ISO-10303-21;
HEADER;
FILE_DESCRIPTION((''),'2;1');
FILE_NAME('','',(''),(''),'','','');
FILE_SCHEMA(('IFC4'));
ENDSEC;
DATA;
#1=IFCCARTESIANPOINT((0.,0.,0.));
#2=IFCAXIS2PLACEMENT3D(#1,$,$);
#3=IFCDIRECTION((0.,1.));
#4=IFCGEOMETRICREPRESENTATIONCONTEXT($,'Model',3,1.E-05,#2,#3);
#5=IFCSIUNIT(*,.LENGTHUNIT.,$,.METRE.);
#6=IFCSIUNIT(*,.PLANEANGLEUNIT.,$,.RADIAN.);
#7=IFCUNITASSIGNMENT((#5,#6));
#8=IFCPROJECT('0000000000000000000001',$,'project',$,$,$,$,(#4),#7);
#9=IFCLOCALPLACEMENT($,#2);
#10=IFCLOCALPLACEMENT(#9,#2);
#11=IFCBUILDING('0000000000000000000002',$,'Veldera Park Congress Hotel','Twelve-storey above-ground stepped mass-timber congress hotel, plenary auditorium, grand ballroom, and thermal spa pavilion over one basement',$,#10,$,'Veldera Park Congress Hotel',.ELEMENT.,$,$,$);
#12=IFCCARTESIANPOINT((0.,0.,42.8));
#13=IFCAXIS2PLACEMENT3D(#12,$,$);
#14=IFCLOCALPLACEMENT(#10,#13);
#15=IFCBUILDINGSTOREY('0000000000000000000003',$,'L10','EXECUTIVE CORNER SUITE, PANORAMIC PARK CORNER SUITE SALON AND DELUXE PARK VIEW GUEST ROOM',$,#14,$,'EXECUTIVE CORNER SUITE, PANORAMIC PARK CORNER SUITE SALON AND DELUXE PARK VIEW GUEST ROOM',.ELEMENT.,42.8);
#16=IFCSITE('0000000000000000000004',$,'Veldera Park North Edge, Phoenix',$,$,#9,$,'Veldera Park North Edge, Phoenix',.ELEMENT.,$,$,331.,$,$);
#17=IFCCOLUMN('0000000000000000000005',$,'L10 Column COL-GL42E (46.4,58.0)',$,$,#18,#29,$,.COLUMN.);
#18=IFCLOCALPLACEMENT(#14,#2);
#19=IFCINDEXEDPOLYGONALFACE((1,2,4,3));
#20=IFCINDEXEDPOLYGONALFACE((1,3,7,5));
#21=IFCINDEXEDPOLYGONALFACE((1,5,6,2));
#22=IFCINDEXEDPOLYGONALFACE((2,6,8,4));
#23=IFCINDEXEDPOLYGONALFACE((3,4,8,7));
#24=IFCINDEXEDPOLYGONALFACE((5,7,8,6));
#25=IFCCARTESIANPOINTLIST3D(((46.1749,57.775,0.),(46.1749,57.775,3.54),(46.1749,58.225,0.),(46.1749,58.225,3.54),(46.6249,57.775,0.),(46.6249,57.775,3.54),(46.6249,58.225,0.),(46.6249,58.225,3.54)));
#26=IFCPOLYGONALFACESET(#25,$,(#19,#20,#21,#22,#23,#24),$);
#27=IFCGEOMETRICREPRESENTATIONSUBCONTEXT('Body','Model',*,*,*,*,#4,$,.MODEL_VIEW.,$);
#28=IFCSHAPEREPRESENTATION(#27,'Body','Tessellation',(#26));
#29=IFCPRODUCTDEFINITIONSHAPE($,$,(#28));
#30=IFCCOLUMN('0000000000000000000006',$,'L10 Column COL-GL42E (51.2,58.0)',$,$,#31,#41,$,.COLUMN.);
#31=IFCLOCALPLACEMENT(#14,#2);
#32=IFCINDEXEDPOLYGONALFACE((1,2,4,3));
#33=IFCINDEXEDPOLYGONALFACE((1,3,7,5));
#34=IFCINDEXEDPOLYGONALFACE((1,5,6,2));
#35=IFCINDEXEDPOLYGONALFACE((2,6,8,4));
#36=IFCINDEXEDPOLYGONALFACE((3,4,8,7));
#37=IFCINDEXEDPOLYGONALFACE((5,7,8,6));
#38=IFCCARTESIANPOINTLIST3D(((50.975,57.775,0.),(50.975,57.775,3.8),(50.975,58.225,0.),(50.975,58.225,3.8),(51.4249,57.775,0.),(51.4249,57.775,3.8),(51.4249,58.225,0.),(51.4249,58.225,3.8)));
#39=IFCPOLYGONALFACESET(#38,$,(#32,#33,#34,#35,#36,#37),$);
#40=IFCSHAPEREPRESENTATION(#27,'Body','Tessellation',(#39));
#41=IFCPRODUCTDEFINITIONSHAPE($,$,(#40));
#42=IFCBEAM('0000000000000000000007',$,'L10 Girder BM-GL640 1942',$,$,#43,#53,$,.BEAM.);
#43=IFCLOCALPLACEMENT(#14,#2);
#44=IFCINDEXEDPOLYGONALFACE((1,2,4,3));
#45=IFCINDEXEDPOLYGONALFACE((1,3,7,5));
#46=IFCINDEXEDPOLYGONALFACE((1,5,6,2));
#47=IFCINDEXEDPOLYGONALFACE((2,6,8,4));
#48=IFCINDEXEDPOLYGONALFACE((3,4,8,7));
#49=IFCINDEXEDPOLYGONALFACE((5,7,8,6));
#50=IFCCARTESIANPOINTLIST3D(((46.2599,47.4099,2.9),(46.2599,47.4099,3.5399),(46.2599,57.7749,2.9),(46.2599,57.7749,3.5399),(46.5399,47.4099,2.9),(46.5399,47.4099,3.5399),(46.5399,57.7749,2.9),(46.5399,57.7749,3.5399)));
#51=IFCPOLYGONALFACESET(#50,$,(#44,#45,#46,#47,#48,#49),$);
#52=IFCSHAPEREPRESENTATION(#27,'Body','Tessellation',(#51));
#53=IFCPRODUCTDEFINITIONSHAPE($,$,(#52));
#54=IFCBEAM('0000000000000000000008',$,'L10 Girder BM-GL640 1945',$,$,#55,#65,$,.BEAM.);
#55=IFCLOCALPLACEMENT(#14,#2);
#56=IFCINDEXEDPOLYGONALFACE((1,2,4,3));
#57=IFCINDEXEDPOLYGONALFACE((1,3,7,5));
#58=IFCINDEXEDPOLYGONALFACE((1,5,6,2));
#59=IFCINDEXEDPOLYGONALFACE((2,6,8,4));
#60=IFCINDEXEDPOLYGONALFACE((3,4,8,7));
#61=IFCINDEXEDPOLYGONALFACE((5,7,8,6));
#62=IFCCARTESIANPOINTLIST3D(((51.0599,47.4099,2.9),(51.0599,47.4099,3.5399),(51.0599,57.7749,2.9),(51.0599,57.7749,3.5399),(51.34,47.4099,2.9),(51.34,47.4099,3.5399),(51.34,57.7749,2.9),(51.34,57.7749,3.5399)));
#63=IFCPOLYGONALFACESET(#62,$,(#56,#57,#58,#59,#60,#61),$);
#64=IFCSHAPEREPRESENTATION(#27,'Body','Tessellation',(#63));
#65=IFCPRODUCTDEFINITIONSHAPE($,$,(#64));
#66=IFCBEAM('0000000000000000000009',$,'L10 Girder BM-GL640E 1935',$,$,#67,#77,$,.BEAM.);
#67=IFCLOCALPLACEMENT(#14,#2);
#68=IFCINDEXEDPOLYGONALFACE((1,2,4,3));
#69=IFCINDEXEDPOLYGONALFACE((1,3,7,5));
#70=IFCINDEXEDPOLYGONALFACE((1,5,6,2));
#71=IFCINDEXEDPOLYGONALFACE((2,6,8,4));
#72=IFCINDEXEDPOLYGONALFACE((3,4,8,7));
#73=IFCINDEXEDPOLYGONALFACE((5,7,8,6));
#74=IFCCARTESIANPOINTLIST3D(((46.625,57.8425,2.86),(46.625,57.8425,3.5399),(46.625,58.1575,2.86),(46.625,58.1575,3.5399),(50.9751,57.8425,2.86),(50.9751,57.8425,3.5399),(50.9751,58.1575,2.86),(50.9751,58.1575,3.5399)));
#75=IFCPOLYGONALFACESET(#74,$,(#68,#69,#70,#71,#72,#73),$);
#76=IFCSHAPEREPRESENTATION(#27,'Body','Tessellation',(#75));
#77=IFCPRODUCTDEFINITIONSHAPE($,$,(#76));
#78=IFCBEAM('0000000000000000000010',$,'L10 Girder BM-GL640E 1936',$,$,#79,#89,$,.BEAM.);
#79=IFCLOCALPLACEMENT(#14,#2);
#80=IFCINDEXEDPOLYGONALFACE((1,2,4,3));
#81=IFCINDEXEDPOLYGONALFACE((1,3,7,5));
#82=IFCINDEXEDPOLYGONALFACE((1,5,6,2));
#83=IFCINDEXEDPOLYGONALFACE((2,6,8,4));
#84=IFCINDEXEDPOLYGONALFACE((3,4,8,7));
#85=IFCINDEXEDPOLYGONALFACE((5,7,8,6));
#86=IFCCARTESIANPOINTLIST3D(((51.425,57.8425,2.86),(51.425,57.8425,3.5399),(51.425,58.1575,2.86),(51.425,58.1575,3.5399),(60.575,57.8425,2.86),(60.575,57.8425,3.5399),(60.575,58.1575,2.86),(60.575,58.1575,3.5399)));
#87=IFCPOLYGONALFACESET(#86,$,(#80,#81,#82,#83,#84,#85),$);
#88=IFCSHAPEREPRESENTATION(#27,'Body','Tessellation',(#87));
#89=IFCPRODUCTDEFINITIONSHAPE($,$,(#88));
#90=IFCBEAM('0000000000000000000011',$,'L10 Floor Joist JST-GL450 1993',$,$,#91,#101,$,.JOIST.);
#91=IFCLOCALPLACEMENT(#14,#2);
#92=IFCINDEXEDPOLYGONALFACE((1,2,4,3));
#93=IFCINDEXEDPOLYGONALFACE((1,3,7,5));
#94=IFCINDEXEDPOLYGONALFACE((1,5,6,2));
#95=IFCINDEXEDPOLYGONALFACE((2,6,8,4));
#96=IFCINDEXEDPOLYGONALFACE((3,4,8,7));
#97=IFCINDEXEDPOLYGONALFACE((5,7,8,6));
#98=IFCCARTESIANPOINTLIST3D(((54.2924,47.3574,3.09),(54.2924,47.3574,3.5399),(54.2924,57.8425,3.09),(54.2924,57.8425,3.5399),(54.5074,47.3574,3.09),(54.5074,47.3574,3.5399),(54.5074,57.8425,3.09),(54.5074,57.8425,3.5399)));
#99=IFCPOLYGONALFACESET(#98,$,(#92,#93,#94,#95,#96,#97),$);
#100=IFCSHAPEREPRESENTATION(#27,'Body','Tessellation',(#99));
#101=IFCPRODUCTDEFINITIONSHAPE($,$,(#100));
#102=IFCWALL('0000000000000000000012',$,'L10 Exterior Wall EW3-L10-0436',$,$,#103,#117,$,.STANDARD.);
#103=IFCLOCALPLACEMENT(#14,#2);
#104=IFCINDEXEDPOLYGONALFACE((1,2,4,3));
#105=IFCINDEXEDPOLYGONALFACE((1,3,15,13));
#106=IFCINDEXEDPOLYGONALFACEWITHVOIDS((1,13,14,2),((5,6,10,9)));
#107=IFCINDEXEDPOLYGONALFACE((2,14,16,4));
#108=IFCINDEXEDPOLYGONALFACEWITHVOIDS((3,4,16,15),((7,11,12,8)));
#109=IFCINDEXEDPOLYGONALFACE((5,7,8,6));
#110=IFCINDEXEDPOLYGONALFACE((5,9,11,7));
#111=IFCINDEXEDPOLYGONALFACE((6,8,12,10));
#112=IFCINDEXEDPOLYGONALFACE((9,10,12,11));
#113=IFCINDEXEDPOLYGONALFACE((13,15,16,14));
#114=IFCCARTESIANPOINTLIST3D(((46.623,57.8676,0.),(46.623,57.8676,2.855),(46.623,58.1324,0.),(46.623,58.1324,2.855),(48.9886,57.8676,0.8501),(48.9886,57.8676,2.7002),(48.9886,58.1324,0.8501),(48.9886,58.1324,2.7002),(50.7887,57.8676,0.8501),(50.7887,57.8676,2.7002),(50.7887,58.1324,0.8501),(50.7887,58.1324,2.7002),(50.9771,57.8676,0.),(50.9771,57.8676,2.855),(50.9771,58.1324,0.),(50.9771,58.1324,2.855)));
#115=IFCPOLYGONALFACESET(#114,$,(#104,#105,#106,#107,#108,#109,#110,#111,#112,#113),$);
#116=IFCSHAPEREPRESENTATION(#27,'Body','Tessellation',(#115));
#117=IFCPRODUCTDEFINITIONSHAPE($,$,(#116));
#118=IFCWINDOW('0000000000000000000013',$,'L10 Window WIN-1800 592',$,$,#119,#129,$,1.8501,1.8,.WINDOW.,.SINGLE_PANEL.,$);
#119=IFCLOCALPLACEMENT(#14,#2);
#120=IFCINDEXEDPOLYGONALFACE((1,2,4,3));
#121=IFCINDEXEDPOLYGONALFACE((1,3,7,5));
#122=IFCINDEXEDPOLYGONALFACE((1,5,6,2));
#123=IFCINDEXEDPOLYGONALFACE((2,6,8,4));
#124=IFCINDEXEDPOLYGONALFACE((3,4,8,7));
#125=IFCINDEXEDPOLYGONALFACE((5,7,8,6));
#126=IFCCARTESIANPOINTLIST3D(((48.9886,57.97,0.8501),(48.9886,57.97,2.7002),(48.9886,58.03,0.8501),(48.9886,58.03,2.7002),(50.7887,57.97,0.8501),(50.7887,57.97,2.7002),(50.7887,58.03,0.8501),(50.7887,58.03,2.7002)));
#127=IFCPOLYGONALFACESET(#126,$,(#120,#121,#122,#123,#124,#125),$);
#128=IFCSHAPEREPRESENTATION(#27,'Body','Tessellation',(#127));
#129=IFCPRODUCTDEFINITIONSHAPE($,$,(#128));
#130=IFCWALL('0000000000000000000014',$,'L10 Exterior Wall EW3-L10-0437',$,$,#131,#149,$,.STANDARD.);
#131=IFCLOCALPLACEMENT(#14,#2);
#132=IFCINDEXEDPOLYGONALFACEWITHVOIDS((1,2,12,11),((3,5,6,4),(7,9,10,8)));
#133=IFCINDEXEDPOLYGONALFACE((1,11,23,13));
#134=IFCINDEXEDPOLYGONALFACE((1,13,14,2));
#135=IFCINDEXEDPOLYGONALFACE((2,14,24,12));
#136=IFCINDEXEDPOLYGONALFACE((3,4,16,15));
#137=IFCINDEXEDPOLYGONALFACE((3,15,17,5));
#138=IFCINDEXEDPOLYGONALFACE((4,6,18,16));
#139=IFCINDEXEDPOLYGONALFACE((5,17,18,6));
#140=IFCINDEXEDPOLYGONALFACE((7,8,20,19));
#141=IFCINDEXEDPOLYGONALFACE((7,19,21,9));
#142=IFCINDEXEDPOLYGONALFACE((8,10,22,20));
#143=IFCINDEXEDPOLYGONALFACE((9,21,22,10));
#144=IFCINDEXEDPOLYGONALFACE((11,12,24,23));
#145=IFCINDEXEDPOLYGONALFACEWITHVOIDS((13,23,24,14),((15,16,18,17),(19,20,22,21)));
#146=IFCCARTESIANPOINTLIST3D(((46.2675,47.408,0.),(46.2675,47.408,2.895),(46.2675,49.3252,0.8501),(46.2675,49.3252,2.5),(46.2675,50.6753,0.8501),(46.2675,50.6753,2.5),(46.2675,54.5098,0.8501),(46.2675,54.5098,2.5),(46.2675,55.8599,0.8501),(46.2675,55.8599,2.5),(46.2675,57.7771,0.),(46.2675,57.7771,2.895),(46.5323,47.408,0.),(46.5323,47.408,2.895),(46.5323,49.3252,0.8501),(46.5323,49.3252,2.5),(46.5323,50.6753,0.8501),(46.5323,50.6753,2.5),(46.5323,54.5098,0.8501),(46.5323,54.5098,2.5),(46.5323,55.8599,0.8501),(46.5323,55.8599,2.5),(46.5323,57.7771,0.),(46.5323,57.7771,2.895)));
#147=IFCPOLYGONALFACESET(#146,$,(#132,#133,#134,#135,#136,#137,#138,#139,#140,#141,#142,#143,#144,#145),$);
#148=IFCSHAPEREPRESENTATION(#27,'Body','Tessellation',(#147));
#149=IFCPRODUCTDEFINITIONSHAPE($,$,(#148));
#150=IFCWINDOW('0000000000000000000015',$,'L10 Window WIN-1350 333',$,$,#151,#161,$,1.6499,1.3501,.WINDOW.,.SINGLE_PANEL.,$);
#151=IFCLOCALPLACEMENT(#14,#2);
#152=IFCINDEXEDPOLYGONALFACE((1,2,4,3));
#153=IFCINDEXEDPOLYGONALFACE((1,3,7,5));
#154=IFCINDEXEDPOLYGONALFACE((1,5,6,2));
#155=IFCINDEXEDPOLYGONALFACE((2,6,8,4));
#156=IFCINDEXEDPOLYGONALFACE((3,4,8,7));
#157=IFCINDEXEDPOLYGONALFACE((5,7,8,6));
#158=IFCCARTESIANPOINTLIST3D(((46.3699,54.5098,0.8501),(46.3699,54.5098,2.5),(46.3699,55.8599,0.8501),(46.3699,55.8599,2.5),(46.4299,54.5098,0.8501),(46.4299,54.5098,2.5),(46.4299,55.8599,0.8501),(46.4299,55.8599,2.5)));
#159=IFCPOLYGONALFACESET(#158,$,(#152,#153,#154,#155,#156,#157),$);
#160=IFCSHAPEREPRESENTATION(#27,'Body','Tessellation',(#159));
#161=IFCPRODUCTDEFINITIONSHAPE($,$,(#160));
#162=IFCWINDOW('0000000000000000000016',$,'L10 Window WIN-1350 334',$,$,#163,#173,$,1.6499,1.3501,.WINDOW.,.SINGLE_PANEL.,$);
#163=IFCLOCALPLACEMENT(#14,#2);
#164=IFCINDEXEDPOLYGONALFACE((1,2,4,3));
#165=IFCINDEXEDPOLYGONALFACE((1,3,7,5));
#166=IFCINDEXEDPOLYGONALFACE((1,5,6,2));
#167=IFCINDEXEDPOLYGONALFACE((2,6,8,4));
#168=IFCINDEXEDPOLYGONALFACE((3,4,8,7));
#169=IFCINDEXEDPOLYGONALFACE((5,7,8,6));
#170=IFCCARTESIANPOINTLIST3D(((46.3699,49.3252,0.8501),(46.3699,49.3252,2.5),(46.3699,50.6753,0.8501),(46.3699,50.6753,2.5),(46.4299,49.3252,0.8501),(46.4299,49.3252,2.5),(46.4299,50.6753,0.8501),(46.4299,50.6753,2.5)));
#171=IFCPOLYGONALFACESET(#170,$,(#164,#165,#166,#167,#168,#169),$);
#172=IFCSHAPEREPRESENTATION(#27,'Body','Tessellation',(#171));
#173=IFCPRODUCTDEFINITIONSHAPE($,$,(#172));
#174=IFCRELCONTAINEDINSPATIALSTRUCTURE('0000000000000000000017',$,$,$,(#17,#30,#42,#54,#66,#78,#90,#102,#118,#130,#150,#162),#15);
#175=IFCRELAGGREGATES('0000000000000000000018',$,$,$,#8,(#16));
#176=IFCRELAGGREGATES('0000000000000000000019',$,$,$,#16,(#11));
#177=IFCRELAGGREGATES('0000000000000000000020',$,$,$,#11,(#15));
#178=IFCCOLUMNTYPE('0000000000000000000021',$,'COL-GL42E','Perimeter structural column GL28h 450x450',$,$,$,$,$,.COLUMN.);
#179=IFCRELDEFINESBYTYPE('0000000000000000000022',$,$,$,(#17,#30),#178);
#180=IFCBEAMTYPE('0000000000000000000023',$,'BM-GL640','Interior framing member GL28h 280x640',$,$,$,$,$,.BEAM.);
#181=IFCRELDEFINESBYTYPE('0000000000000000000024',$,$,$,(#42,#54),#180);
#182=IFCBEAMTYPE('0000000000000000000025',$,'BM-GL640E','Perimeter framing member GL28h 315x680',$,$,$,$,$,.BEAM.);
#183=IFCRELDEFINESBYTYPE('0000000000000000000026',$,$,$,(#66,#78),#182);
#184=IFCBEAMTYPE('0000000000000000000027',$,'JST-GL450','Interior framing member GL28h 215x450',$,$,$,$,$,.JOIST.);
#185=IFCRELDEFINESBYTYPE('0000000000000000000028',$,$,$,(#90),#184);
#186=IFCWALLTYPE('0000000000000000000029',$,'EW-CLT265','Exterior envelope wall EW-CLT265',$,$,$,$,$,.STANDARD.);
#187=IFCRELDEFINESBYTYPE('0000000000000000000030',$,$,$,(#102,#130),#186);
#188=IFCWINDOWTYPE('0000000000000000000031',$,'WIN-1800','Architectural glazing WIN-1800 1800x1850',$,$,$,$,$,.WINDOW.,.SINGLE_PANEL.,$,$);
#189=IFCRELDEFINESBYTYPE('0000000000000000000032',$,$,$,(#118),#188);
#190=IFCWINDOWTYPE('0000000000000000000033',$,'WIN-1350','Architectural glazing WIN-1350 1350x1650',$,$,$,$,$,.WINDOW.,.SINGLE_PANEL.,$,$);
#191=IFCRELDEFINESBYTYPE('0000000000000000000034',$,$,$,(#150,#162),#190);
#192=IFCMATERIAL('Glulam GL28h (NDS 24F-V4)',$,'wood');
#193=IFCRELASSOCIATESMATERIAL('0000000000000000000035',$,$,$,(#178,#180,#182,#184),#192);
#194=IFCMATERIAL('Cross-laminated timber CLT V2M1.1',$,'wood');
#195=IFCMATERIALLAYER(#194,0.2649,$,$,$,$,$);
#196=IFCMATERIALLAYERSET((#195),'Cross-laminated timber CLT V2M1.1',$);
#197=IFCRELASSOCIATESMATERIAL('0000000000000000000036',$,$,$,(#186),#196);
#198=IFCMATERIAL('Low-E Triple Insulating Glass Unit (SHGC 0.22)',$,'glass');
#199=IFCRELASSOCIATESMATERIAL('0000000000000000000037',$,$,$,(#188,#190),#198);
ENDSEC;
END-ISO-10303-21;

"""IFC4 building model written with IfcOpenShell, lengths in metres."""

from ifc_helpers import new_model, si_unit, direction, frame, frame_2d, origin, origin_2d, place, context, subcontext, project, spatial, rectangle, extrude, material, layer, layer_set, material_profile, profile_set, type_object, element, fill, save


model = new_model("IFC4")

# Units and contexts
model_context = context("Model", 3, precision=1e-05, world=origin(), true_north=direction((0.0, 1.0)))
body_context = subcontext(model_context, "Body", "Model", "MODEL_VIEW")
ifc_project = project(units=[si_unit("LENGTHUNIT", "METRE"), si_unit("PLANEANGLEUNIT", "RADIAN")], contexts=[model_context])

# Site, building, storey
site_placement = place(None, origin())
site = spatial("IfcSite", under=ifc_project, at=site_placement, Name="Veldera Park North Edge, Phoenix", LongName="Veldera Park North Edge, Phoenix", CompositionType="ELEMENT", RefElevation=331.0)
building_placement = place(site_placement, origin())
building = spatial("IfcBuilding", under=site, at=building_placement, Name="Veldera Park Congress Hotel", Description="Twelve-storey above-ground stepped mass-timber congress hotel, plenary auditorium, grand ballroom, and thermal spa pavilion over one basement", LongName="Veldera Park Congress Hotel", CompositionType="ELEMENT")
storey_placement = place(building_placement, frame((0.0, 0.0, 42.8)))
storey = spatial("IfcBuildingStorey", under=building, at=storey_placement, Name="L10", Description="EXECUTIVE CORNER SUITE, PANORAMIC PARK CORNER SUITE SALON AND DELUXE PARK VIEW GUEST ROOM", LongName="EXECUTIVE CORNER SUITE, PANORAMIC PARK CORNER SUITE SALON AND DELUXE PARK VIEW GUEST ROOM", CompositionType="ELEMENT", Elevation=42.8)

# Columns
ifc_material_1 = material(Name="Glulam GL28h (NDS 24F-V4)", Category="wood")
ifc_material_profile_1 = material_profile(ifc_material_1, rectangle(XDim=0.45, YDim=0.45, at=origin_2d()), Name="GL28h 450x450")
ifc_profile_set_1 = profile_set([ifc_material_profile_1], Name="Glulam GL28h (NDS 24F-V4)")
column_type = type_object("IfcColumnType", Name="COL-GL42E", Description="Perimeter structural column GL28h 450x450", PredefinedType="COLUMN", material=ifc_profile_set_1)
column_1_placement = place(storey_placement, frame((46.3999, 58.0, 0.0), z_axis=(0.0, 0.0, 1.0), x_axis=(1.0, 0.0, 0.0)))
element("IfcColumn", 1, at=column_1_placement, inside=storey, type_object=column_type, Name="L10 Column COL-GL42E (46.4,58.0)", PredefinedType="COLUMN", context=body_context, shape_type="SweptSolid", body=[
    extrude(rectangle(XDim=0.45, YDim=0.45, at=origin_2d()), origin(), (0.0, 0.0, 1.0), 3.54),
])
column_2_placement = place(storey_placement, frame((51.2, 58.0, 0.0), z_axis=(0.0, 0.0, 1.0), x_axis=(1.0, 0.0, 0.0)))
element("IfcColumn", 2, at=column_2_placement, inside=storey, type_object=column_type, Name="L10 Column COL-GL42E (51.2,58.0)", PredefinedType="COLUMN", context=body_context, shape_type="SweptSolid", body=[
    extrude(rectangle(XDim=0.45, YDim=0.45, at=origin_2d()), origin(), (0.0, 0.0, 1.0), 3.8),
])

# Beams
ifc_material_profile_2 = material_profile(ifc_material_1, rectangle(XDim=0.28, YDim=0.6399, at=origin_2d()), Name="GL28h 280x640")
ifc_profile_set_2 = profile_set([ifc_material_profile_2], Name="Glulam GL28h (NDS 24F-V4)")
beam_type_1 = type_object("IfcBeamType", Name="BM-GL640", Description="Interior framing member GL28h 280x640", PredefinedType="BEAM", material=ifc_profile_set_2)
for number, where, z_axis, x_axis, name in (
    (3, (46.3999, 47.4099, 3.22), (0.0, 1.0, 0.0), (-1.0, 0.0, 0.0), "L10 Girder BM-GL640 1942"),
    (4, (51.2, 47.4099, 3.22), (0.0, 1.0, 0.0), (-1.0, 0.0, 0.0), "L10 Girder BM-GL640 1945"),
):
    element("IfcBeam", number, at=place(storey_placement, frame(where, z_axis=z_axis, x_axis=x_axis)), inside=storey, type_object=beam_type_1, Name=name, PredefinedType="BEAM", context=body_context, shape_type="SweptSolid", body=[
        extrude(rectangle(XDim=0.28, YDim=0.6399, at=origin_2d()), origin(), (0.0, 0.0, 1.0), 10.365),
    ])
ifc_material_profile_3 = material_profile(ifc_material_1, rectangle(XDim=0.3149, YDim=0.6799, at=origin_2d()), Name="GL28h 315x680")
ifc_profile_set_3 = profile_set([ifc_material_profile_3], Name="Glulam GL28h (NDS 24F-V4)")
beam_type_2 = type_object("IfcBeamType", Name="BM-GL640E", Description="Perimeter framing member GL28h 315x680", PredefinedType="BEAM", material=ifc_profile_set_3)
beam_1_placement = place(storey_placement, frame((46.625, 58.0, 3.2), z_axis=(1.0, 0.0, 0.0), x_axis=(0.0, 1.0, 0.0)))
element("IfcBeam", 5, at=beam_1_placement, inside=storey, type_object=beam_type_2, Name="L10 Girder BM-GL640E 1935", PredefinedType="BEAM", context=body_context, shape_type="SweptSolid", body=[
    extrude(rectangle(XDim=0.3149, YDim=0.6799, at=origin_2d()), origin(), (0.0, 0.0, 1.0), 4.3501),
])
beam_2_placement = place(storey_placement, frame((51.425, 58.0, 3.2), z_axis=(1.0, 0.0, 0.0), x_axis=(0.0, 1.0, 0.0)))
element("IfcBeam", 6, at=beam_2_placement, inside=storey, type_object=beam_type_2, Name="L10 Girder BM-GL640E 1936", PredefinedType="BEAM", context=body_context, shape_type="SweptSolid", body=[
    extrude(rectangle(XDim=0.3149, YDim=0.6799, at=origin_2d()), origin(), (0.0, 0.0, 1.0), 9.1499),
])
ifc_material_profile_4 = material_profile(ifc_material_1, rectangle(XDim=0.2151, YDim=0.45, at=origin_2d()), Name="GL28h 215x450")
ifc_profile_set_4 = profile_set([ifc_material_profile_4], Name="Glulam GL28h (NDS 24F-V4)")
beam_type_3 = type_object("IfcBeamType", Name="JST-GL450", Description="Interior framing member GL28h 215x450", PredefinedType="JOIST", material=ifc_profile_set_4)
beam_3_placement = place(storey_placement, frame((54.3999, 47.3574, 3.3149), z_axis=(0.0, 1.0, 0.0), x_axis=(-1.0, 0.0, 0.0)))
element("IfcBeam", 7, at=beam_3_placement, inside=storey, type_object=beam_type_3, Name="L10 Floor Joist JST-GL450 1993", PredefinedType="JOIST", context=body_context, shape_type="SweptSolid", body=[
    extrude(rectangle(XDim=0.2151, YDim=0.45, at=origin_2d()), origin(), (0.0, 0.0, 1.0), 10.4851),
])

# Wall, opening, window
ifc_material_2 = material(Name="Cross-laminated timber CLT V2M1.1", Category="wood")
ifc_layer = layer(ifc_material_2, 0.2649)
ifc_layer_set = layer_set([ifc_layer], Name="Cross-laminated timber CLT V2M1.1")
wall_type = type_object("IfcWallType", Name="EW-CLT265", Description="Exterior envelope wall EW-CLT265", PredefinedType="STANDARD", material=ifc_layer_set)
wall_1_placement = place(storey_placement, frame((50.9771, 58.0, 0.0), z_axis=(0.0, 0.0, 1.0), x_axis=(-1.0, 0.0, 0.0)))
wall_1 = element("IfcWall", 8, at=wall_1_placement, inside=storey, type_object=wall_type, Name="L10 Exterior Wall EW3-L10-0436", PredefinedType="STANDARD", context=body_context, shape_type="SweptSolid", body=[
    extrude(rectangle(XDim=4.354, YDim=0.2649, at=frame_2d((2.177, 0.0))), origin(), (0.0, 0.0, 1.0), 2.855),
])
opening_1_placement = place(wall_1_placement, frame((0.1885, 0.0, 0.8501)))
opening_1 = element("IfcOpeningElement", 9, at=opening_1_placement, cuts=wall_1, PredefinedType="OPENING", context=body_context, shape_type="SweptSolid", body=[
    extrude(rectangle(XDim=1.8, YDim=1.8501, at=frame_2d((0.8999, 0.925))), frame((0.0, 0.1445, 0.0), z_axis=(0.0, -1.0, 0.0), x_axis=(1.0, 0.0, 0.0)), (0.0, 0.0, 1.0), 0.2888),
])
ifc_material_3 = material(Name="Low-E Triple Insulating Glass Unit (SHGC 0.22)", Category="glass")
window_type_1 = type_object("IfcWindowType", Name="WIN-1800", Description="Architectural glazing WIN-1800 1800x1850", PartitioningType="SINGLE_PANEL", PredefinedType="WINDOW", material=ifc_material_3)
window_1_placement = place(opening_1_placement, origin())
window_1 = element("IfcWindow", 10, at=window_1_placement, inside=storey, type_object=window_type_1, Name="L10 Window WIN-1800 592", OverallHeight=1.8501, OverallWidth=1.8, PartitioningType="SINGLE_PANEL", PredefinedType="WINDOW", context=body_context, shape_type="SweptSolid", body=[
    extrude(rectangle(XDim=1.8, YDim=1.8501, at=frame_2d((0.8999, 0.925))), frame((0.0, 0.03, 0.0), z_axis=(0.0, -1.0, 0.0), x_axis=(1.0, 0.0, 0.0)), (0.0, 0.0, 1.0), 0.0601),
])
fill(opening_1, window_1)

# Wall, openings, windows
wall_2_placement = place(storey_placement, frame((46.3999, 57.7771, 0.0), z_axis=(0.0, 0.0, 1.0), x_axis=(0.0, -1.0, 0.0)))
wall_2 = element("IfcWall", 11, at=wall_2_placement, inside=storey, type_object=wall_type, Name="L10 Exterior Wall EW3-L10-0437", PredefinedType="STANDARD", context=body_context, shape_type="SweptSolid", body=[
    extrude(rectangle(XDim=10.3691, YDim=0.2649, at=frame_2d((5.1846, 0.0))), origin(), (0.0, 0.0, 1.0), 2.895),
])
opening_2_placement = place(wall_2_placement, frame((1.9172, 0.0, 0.8501)))
opening_2 = element("IfcOpeningElement", 12, at=opening_2_placement, cuts=wall_2, PredefinedType="OPENING", context=body_context, shape_type="SweptSolid", body=[
    extrude(rectangle(XDim=1.3501, YDim=1.6499, at=frame_2d((0.675, 0.825))), frame((0.0, 0.1445, 0.0), z_axis=(0.0, -1.0, 0.0), x_axis=(1.0, 0.0, 0.0)), (0.0, 0.0, 1.0), 0.2888),
])
opening_3_placement = place(wall_2_placement, frame((7.1018, 0.0, 0.8501)))
opening_3 = element("IfcOpeningElement", 13, at=opening_3_placement, cuts=wall_2, PredefinedType="OPENING", context=body_context, shape_type="SweptSolid", body=[
    extrude(rectangle(XDim=1.3501, YDim=1.6499, at=frame_2d((0.675, 0.825))), frame((0.0, 0.1445, 0.0), z_axis=(0.0, -1.0, 0.0), x_axis=(1.0, 0.0, 0.0)), (0.0, 0.0, 1.0), 0.2888),
])
window_type_2 = type_object("IfcWindowType", Name="WIN-1350", Description="Architectural glazing WIN-1350 1350x1650", PartitioningType="SINGLE_PANEL", PredefinedType="WINDOW", material=ifc_material_3)
window_2_placement = place(opening_2_placement, origin())
window_2 = element("IfcWindow", 14, at=window_2_placement, inside=storey, type_object=window_type_2, Name="L10 Window WIN-1350 333", OverallHeight=1.6499, OverallWidth=1.3501, PartitioningType="SINGLE_PANEL", PredefinedType="WINDOW", context=body_context, shape_type="SweptSolid", body=[
    extrude(rectangle(XDim=1.3501, YDim=1.6499, at=frame_2d((0.675, 0.825))), frame((0.0, 0.03, 0.0), z_axis=(0.0, -1.0, 0.0), x_axis=(1.0, 0.0, 0.0)), (0.0, 0.0, 1.0), 0.0601),
])
fill(opening_2, window_2)
window_3_placement = place(opening_3_placement, origin())
window_3 = element("IfcWindow", 15, at=window_3_placement, inside=storey, type_object=window_type_2, Name="L10 Window WIN-1350 334", OverallHeight=1.6499, OverallWidth=1.3501, PartitioningType="SINGLE_PANEL", PredefinedType="WINDOW", context=body_context, shape_type="SweptSolid", body=[
    extrude(rectangle(XDim=1.3501, YDim=1.6499, at=frame_2d((0.675, 0.825))), frame((0.0, 0.03, 0.0), z_axis=(0.0, -1.0, 0.0), x_axis=(1.0, 0.0, 0.0)), (0.0, 0.0, 1.0), 0.0601),
])
fill(opening_3, window_3)

save(model, "model.ifc")
